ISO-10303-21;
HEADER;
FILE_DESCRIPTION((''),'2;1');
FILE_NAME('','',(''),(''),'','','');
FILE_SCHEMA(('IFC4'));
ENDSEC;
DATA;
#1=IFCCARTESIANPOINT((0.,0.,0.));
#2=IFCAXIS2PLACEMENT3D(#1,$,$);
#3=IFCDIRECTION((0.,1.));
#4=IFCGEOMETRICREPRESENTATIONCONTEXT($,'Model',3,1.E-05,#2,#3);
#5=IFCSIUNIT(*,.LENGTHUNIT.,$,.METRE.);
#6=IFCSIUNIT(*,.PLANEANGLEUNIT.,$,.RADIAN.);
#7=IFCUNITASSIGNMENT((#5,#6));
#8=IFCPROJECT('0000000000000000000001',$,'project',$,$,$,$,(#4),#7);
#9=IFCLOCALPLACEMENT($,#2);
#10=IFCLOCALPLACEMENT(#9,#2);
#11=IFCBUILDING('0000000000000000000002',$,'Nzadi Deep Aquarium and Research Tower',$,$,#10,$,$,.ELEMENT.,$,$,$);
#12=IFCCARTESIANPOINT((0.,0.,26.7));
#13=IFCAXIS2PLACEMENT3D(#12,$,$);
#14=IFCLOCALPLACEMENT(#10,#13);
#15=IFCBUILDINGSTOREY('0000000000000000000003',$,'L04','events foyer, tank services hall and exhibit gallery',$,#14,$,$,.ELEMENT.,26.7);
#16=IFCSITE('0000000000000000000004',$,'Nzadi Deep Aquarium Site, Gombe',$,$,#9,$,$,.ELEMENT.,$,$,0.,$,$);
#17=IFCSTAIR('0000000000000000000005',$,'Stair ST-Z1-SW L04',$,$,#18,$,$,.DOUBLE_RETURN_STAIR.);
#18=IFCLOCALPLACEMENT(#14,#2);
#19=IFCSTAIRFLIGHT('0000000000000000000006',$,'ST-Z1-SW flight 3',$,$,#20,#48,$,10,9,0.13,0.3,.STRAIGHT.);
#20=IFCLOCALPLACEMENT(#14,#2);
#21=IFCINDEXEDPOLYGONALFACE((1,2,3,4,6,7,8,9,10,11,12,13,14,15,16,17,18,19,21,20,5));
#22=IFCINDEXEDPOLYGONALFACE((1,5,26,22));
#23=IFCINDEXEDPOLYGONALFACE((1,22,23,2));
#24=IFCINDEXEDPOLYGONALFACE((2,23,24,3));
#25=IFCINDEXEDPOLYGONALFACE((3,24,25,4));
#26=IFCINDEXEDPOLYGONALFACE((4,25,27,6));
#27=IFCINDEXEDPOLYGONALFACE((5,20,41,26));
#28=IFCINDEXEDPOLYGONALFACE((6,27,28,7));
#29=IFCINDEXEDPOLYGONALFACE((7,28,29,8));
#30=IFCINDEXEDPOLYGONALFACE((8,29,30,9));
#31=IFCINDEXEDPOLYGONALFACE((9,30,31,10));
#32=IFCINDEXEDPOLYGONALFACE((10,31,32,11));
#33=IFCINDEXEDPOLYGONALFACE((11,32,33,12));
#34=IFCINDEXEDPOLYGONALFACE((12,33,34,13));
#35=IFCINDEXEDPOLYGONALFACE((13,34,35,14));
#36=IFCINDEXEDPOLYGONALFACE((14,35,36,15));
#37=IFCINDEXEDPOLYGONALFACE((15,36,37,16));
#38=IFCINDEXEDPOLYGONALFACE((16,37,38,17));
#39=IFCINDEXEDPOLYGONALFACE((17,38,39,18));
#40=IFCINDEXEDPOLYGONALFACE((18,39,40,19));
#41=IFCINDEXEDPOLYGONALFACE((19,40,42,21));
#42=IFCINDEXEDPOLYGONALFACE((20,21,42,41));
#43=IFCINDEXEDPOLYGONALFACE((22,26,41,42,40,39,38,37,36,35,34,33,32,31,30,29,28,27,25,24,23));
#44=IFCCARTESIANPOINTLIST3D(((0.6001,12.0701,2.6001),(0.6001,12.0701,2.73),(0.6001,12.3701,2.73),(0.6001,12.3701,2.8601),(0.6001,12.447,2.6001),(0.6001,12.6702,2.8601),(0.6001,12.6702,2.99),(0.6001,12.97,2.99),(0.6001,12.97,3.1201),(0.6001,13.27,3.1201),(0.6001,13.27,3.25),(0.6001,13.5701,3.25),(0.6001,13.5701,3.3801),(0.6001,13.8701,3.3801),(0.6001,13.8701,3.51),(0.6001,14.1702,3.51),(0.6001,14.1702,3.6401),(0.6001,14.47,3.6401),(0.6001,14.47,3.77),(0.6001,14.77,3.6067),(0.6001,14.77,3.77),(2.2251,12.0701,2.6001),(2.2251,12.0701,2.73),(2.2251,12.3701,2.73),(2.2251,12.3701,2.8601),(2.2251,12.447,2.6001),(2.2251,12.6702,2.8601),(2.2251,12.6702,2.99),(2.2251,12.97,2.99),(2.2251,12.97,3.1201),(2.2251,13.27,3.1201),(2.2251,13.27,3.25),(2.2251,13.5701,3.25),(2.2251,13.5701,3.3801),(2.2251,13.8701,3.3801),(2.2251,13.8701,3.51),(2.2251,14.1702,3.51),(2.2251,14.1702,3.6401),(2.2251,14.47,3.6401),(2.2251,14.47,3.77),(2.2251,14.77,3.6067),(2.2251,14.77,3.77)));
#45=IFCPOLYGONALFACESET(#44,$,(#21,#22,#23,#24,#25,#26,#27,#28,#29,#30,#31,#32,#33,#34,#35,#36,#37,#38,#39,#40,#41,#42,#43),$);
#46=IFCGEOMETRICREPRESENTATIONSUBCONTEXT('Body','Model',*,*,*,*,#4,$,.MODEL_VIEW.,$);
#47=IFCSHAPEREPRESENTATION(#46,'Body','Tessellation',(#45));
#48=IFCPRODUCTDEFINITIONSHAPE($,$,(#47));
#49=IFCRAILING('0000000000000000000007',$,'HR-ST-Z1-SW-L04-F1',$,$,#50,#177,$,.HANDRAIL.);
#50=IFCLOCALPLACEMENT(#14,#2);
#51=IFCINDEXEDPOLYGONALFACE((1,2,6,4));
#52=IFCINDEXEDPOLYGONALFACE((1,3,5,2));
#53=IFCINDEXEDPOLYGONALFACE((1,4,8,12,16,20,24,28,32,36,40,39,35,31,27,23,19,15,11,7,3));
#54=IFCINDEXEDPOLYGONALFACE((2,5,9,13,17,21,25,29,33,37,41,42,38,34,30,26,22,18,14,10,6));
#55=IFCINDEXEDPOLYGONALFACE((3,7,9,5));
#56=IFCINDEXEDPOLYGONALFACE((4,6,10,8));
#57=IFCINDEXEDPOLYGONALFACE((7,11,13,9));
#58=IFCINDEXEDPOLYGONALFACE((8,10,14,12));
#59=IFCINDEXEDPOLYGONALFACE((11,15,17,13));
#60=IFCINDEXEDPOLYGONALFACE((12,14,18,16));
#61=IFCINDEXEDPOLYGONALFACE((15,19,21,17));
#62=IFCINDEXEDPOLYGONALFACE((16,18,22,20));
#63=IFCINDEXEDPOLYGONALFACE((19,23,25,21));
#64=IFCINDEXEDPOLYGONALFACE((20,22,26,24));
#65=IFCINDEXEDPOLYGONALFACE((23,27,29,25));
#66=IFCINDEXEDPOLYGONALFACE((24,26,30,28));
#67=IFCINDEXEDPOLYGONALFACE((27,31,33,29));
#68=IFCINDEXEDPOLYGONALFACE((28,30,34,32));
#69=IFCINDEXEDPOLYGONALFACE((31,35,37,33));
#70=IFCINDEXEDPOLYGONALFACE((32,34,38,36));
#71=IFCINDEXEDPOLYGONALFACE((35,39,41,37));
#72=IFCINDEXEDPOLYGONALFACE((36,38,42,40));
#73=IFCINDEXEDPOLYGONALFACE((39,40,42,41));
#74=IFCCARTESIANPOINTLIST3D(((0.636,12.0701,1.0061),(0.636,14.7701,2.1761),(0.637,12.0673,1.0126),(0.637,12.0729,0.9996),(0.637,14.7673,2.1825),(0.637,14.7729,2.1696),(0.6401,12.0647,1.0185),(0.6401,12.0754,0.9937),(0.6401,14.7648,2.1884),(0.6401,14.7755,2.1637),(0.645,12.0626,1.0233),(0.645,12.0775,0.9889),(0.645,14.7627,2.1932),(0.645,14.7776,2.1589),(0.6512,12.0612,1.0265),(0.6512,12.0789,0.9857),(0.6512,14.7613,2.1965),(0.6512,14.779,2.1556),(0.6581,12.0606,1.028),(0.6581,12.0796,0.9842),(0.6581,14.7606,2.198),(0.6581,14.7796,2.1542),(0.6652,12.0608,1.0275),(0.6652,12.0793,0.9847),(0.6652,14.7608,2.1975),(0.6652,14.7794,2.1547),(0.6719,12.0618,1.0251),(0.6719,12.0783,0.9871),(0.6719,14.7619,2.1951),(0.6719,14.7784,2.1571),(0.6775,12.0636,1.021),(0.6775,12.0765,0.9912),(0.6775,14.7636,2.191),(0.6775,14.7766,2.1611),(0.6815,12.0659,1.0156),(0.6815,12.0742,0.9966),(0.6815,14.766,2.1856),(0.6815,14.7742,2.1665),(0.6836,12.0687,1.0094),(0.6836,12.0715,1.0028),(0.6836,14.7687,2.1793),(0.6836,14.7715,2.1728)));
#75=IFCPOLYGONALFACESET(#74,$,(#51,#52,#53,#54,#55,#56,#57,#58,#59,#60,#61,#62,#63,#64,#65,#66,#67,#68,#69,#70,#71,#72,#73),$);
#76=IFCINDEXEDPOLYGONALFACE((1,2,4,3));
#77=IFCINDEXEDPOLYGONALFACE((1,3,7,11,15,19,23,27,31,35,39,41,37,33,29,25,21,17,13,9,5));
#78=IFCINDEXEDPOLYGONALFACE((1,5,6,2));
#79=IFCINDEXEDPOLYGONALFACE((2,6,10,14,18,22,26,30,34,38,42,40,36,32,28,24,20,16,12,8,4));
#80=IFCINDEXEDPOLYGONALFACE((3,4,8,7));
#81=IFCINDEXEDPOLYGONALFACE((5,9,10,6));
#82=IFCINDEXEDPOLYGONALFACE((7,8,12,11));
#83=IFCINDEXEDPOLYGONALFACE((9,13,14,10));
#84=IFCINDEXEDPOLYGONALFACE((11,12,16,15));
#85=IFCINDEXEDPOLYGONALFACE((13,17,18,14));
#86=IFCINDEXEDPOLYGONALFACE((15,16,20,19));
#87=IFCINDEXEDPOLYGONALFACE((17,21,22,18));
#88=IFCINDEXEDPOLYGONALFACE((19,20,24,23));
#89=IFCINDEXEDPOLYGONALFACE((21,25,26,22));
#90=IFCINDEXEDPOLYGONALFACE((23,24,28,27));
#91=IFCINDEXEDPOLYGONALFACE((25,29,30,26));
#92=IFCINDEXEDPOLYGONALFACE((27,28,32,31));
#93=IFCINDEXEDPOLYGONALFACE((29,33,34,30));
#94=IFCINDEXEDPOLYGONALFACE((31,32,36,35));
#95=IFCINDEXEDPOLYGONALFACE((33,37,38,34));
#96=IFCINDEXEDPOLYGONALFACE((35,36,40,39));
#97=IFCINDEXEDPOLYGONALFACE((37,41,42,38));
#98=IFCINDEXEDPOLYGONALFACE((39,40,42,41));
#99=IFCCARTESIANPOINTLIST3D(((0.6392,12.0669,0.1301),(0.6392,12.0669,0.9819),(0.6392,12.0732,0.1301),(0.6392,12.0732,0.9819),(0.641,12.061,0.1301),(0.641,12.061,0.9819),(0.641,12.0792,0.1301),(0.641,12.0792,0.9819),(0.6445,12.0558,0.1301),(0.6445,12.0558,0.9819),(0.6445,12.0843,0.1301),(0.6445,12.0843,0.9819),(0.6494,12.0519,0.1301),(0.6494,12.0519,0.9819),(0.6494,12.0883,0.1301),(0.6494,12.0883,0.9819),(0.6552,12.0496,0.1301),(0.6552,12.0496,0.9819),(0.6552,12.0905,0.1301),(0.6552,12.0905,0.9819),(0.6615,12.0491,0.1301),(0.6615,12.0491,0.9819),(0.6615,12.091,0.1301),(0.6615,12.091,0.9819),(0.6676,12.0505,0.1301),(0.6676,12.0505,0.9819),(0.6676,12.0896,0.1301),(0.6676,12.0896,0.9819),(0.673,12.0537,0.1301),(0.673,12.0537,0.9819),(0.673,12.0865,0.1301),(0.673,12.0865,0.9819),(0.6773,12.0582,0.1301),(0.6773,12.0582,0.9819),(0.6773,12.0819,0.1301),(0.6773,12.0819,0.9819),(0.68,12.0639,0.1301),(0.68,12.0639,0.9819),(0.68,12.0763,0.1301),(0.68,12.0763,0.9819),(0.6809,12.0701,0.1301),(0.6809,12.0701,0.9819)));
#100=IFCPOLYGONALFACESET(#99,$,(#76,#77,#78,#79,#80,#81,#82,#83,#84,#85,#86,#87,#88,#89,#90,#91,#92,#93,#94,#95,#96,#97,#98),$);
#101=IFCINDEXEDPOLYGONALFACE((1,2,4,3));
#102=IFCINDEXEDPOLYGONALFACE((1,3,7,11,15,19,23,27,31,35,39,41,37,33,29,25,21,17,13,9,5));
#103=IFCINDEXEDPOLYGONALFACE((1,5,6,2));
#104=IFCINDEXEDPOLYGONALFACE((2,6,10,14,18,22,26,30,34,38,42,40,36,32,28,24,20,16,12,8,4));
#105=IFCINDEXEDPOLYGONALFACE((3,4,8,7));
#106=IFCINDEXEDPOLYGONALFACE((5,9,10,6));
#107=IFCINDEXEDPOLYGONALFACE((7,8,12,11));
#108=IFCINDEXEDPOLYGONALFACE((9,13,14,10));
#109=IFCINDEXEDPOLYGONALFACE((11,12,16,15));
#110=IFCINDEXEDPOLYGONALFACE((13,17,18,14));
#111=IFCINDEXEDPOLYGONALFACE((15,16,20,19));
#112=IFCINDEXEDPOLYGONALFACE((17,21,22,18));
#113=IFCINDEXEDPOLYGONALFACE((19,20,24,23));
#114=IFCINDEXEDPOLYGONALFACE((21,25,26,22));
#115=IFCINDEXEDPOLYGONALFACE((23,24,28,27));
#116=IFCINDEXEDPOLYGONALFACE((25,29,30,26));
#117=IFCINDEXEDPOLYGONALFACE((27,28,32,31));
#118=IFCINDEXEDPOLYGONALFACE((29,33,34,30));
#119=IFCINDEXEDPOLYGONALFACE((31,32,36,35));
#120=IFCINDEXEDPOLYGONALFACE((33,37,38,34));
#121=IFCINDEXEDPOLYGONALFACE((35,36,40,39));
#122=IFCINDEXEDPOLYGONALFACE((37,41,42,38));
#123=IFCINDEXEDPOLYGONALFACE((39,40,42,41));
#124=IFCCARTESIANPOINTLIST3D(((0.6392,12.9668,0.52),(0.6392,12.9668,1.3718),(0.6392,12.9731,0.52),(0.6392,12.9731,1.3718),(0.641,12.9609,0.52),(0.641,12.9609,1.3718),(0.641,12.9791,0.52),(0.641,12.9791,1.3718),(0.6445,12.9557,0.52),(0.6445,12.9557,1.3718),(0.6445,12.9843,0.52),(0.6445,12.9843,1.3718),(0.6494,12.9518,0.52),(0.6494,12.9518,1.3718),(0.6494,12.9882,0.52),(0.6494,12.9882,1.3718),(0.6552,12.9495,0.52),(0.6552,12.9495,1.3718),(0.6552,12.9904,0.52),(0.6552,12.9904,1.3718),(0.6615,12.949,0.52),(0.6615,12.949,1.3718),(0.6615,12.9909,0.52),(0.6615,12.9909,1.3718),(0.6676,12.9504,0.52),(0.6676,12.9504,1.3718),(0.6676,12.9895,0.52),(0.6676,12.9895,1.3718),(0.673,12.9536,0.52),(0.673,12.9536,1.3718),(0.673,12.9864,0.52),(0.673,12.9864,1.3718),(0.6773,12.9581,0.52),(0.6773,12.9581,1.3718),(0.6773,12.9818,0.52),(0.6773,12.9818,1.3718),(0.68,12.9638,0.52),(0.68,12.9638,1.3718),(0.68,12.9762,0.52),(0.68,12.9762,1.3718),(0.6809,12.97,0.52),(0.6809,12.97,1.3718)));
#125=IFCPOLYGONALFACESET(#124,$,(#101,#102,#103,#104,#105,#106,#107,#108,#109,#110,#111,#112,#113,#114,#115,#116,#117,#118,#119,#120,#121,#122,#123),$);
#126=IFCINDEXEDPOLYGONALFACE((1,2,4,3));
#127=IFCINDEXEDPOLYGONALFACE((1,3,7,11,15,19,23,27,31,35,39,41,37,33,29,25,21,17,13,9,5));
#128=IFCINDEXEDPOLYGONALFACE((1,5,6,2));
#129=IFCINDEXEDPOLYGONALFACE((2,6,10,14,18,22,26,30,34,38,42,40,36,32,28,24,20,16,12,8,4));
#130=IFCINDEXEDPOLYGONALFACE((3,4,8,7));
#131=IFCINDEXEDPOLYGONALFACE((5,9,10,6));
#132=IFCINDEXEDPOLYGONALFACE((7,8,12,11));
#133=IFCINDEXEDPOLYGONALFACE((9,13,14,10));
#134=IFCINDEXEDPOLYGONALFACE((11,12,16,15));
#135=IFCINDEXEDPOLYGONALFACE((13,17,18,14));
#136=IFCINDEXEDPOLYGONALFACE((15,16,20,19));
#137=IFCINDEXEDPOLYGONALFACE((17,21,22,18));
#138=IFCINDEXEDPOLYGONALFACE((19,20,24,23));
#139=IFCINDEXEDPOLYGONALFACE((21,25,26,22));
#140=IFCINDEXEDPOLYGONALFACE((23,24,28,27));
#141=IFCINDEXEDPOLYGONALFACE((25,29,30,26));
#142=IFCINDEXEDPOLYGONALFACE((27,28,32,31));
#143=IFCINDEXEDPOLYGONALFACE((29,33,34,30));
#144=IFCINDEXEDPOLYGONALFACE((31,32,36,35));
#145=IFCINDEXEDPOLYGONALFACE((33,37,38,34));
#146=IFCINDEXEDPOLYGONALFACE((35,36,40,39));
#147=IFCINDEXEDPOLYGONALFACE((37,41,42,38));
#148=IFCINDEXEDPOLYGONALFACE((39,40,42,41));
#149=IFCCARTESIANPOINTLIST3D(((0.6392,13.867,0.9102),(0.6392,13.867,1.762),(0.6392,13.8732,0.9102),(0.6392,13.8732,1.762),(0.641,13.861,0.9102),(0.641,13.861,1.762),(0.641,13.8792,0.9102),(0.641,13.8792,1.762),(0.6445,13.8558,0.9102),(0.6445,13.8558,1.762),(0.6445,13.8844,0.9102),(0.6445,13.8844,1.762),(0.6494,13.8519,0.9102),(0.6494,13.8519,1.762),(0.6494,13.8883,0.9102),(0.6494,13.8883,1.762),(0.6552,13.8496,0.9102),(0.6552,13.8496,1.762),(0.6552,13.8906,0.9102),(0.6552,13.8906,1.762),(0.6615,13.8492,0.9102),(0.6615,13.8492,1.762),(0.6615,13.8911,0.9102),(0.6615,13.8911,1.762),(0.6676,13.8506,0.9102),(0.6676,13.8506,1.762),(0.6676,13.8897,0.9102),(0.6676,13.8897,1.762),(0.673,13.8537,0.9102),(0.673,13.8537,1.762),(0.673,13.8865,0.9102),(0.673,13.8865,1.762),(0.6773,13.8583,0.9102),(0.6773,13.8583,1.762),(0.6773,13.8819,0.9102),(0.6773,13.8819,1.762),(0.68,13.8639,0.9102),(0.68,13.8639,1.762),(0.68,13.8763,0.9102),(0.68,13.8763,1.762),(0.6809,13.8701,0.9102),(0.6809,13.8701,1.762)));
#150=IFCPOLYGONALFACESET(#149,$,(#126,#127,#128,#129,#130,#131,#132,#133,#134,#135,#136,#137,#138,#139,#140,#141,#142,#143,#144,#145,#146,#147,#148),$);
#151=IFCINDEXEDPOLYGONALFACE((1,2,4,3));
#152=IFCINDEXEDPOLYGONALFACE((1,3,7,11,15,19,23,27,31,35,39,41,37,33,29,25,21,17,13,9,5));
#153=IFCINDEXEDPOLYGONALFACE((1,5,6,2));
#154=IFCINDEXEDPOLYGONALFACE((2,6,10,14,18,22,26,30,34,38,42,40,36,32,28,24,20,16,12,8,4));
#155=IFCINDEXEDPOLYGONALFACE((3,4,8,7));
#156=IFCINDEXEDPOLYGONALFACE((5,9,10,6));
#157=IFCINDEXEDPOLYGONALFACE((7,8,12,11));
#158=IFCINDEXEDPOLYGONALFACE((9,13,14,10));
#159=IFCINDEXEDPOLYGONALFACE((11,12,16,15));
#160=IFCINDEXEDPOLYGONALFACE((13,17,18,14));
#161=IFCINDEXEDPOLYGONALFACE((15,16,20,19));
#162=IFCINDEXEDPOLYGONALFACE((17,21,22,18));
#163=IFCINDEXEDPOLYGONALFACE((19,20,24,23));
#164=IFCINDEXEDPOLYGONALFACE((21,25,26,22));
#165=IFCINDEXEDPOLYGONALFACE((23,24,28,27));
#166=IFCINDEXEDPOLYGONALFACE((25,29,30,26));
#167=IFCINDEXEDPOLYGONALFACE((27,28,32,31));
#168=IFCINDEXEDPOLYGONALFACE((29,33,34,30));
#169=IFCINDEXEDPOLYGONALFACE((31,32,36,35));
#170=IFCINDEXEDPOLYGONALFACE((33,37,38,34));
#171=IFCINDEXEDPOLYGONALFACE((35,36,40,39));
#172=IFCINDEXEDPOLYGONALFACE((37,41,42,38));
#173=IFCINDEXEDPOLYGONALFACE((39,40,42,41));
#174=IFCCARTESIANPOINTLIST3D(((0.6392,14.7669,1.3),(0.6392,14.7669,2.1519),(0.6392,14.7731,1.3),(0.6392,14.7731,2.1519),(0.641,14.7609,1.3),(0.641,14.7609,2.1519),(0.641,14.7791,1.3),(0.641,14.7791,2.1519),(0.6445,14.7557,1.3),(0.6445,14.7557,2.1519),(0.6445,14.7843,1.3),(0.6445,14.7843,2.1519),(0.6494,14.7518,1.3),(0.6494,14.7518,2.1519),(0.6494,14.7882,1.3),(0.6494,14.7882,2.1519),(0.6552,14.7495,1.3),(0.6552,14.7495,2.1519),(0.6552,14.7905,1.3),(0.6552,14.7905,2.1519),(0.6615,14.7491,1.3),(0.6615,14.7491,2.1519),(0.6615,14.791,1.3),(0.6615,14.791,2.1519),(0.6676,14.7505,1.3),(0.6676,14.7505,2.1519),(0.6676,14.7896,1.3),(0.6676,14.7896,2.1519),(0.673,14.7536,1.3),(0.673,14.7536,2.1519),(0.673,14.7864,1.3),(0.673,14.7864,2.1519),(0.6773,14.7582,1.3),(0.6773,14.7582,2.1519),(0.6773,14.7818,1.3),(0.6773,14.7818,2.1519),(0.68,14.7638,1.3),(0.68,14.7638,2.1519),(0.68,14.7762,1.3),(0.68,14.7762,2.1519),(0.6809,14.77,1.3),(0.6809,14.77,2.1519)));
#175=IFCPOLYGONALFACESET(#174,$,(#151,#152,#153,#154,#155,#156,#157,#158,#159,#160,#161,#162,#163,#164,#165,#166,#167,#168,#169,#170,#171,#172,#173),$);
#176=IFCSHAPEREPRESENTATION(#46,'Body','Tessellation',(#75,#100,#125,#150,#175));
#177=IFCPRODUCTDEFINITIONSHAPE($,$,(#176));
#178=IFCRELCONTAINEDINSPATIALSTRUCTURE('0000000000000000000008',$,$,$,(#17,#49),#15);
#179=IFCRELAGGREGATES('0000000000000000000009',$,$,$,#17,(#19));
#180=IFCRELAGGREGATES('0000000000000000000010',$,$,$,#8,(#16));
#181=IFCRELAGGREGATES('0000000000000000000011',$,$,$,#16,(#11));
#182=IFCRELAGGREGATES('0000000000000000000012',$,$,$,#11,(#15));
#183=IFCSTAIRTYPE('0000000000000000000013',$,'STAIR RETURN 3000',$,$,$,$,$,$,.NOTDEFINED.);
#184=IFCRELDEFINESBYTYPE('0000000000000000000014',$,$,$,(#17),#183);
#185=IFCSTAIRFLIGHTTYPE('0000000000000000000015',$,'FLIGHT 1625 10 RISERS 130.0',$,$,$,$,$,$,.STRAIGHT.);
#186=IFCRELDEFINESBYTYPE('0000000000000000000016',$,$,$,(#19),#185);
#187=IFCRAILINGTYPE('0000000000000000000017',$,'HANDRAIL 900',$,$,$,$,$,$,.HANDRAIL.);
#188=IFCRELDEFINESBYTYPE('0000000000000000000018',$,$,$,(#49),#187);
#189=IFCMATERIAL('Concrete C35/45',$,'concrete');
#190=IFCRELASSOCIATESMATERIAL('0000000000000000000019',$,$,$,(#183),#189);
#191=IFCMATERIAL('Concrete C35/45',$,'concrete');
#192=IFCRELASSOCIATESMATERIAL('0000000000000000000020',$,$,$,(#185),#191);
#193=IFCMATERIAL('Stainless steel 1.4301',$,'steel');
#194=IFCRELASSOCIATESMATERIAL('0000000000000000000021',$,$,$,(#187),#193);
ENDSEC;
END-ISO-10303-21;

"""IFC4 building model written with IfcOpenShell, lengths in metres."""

from ifc_helpers import new_model, si_unit, direction, frame, origin, origin_2d, place, context, subcontext, project, spatial, polyline, circle, outline, extrude, material, type_object, element, aggregate, save


model = new_model("IFC4")

# Units and contexts
model_context = context("Model", 3, precision=1e-05, world=origin(), true_north=direction((0.0, 1.0)))
body_context = subcontext(model_context, "Body", "Model", "MODEL_VIEW")
ifc_project = project(units=[si_unit("LENGTHUNIT", "METRE"), si_unit("PLANEANGLEUNIT", "RADIAN")], contexts=[model_context])

# Site, building, storey
site_placement = place(None, origin())
site = spatial("IfcSite", under=ifc_project, at=site_placement, Name="Nzadi Deep Aquarium Site, Gombe", CompositionType="ELEMENT", RefElevation=0.0)
building_placement = place(site_placement, origin())
building = spatial("IfcBuilding", under=site, at=building_placement, Name="Nzadi Deep Aquarium and Research Tower", CompositionType="ELEMENT")
storey_placement = place(building_placement, frame((0.0, 0.0, 26.7)))
storey = spatial("IfcBuildingStorey", under=building, at=storey_placement, Name="L04", Description="events foyer, tank services hall and exhibit gallery", CompositionType="ELEMENT", Elevation=26.7)

# Stair, stair flight
ifc_material_1 = material(Name="Concrete C35/45", Category="concrete")
stair_type = type_object("IfcStairType", Name="STAIR RETURN 3000", PredefinedType="NOTDEFINED", material=ifc_material_1)
stair_placement = place(storey_placement, origin())
stair = element("IfcStair", 1, at=stair_placement, inside=storey, type_object=stair_type, Name="Stair ST-Z1-SW L04", PredefinedType="DOUBLE_RETURN_STAIR")
ifc_material_2 = material(Name="Concrete C35/45", Category="concrete")
stair_flight_type = type_object("IfcStairFlightType", Name="FLIGHT 1625 10 RISERS 130.0", PredefinedType="STRAIGHT", material=ifc_material_2)
stair_flight_1_placement = place(storey_placement, frame((1.4126, 12.0701, 2.6001), z_axis=(0.0, 0.0, 1.0), x_axis=(0.0, 1.0, 0.0)))
stair_flight_1 = element("IfcStairFlight", 2, at=stair_flight_1_placement, type_object=stair_flight_type, Name="ST-Z1-SW flight 3", NumberOfRisers=10, NumberOfTreads=9, PredefinedType="STRAIGHT", RiserHeight=0.13, TreadLength=0.3, context=body_context, shape_type="SweptSolid", body=[
    extrude(outline(polyline([(0.0, 0.0), (0.0, 0.1299), (0.3, 0.1299), (0.3, 0.26), (0.6001, 0.26), (0.6001, 0.3899), (0.8999, 0.3899), (0.8999, 0.52), (1.2, 0.52), (1.2, 0.6499), (1.5, 0.6499), (1.5, 0.78), (1.8, 0.78), (1.8, 0.9099), (2.1001, 0.9099), (2.1001, 1.04), (2.3999, 1.04), (2.3999, 1.1699), (2.7, 1.1699), (2.7, 1.3), (2.7, 1.0066), (0.377, 0.0), (0.0, 0.0)])), frame((0.0, 0.8125, 0.0), z_axis=(0.0, -1.0, 0.0), x_axis=(1.0, 0.0, 0.0)), (0.0, 0.0, 1.0), 1.625),
])
aggregate(stair, [stair_flight_1])

# Railing
ifc_material_3 = material(Name="Stainless steel 1.4301", Category="steel")
railing_type = type_object("IfcRailingType", Name="HANDRAIL 900", PredefinedType="HANDRAIL", material=ifc_material_3)
for number, where, name in (
    (3, (0.6599, 12.0701, 0.1301), "HR-ST-Z1-SW-L04-F1"),
):
    element("IfcRailing", number, at=place(storey_placement, frame(where)), inside=storey, type_object=railing_type, Name=name, PredefinedType="HANDRAIL", context=body_context, shape_type="SweptSolid", body=[
        extrude(circle(Radius=0.0239, at=origin_2d()), frame((0.0, 0.0, 0.876), z_axis=(0.0, 0.917563, 0.397591), x_axis=(-1.0, 0.0, 0.0)), (0.0, 0.0, 1.0), 2.9426),
        extrude(circle(Radius=0.021, at=origin_2d()), origin(), (0.0, 0.0, 1.0), 0.8518),
        extrude(circle(Radius=0.021, at=origin_2d()), frame((0.0, 0.8999, 0.3899)), (0.0, 0.0, 1.0), 0.8518),
        extrude(circle(Radius=0.021, at=origin_2d()), frame((0.0, 1.8, 0.78)), (0.0, 0.0, 1.0), 0.8518),
        extrude(circle(Radius=0.021, at=origin_2d()), frame((0.0, 2.7, 1.1699)), (0.0, 0.0, 1.0), 0.8518),
    ])

save(model, "model.ifc")
